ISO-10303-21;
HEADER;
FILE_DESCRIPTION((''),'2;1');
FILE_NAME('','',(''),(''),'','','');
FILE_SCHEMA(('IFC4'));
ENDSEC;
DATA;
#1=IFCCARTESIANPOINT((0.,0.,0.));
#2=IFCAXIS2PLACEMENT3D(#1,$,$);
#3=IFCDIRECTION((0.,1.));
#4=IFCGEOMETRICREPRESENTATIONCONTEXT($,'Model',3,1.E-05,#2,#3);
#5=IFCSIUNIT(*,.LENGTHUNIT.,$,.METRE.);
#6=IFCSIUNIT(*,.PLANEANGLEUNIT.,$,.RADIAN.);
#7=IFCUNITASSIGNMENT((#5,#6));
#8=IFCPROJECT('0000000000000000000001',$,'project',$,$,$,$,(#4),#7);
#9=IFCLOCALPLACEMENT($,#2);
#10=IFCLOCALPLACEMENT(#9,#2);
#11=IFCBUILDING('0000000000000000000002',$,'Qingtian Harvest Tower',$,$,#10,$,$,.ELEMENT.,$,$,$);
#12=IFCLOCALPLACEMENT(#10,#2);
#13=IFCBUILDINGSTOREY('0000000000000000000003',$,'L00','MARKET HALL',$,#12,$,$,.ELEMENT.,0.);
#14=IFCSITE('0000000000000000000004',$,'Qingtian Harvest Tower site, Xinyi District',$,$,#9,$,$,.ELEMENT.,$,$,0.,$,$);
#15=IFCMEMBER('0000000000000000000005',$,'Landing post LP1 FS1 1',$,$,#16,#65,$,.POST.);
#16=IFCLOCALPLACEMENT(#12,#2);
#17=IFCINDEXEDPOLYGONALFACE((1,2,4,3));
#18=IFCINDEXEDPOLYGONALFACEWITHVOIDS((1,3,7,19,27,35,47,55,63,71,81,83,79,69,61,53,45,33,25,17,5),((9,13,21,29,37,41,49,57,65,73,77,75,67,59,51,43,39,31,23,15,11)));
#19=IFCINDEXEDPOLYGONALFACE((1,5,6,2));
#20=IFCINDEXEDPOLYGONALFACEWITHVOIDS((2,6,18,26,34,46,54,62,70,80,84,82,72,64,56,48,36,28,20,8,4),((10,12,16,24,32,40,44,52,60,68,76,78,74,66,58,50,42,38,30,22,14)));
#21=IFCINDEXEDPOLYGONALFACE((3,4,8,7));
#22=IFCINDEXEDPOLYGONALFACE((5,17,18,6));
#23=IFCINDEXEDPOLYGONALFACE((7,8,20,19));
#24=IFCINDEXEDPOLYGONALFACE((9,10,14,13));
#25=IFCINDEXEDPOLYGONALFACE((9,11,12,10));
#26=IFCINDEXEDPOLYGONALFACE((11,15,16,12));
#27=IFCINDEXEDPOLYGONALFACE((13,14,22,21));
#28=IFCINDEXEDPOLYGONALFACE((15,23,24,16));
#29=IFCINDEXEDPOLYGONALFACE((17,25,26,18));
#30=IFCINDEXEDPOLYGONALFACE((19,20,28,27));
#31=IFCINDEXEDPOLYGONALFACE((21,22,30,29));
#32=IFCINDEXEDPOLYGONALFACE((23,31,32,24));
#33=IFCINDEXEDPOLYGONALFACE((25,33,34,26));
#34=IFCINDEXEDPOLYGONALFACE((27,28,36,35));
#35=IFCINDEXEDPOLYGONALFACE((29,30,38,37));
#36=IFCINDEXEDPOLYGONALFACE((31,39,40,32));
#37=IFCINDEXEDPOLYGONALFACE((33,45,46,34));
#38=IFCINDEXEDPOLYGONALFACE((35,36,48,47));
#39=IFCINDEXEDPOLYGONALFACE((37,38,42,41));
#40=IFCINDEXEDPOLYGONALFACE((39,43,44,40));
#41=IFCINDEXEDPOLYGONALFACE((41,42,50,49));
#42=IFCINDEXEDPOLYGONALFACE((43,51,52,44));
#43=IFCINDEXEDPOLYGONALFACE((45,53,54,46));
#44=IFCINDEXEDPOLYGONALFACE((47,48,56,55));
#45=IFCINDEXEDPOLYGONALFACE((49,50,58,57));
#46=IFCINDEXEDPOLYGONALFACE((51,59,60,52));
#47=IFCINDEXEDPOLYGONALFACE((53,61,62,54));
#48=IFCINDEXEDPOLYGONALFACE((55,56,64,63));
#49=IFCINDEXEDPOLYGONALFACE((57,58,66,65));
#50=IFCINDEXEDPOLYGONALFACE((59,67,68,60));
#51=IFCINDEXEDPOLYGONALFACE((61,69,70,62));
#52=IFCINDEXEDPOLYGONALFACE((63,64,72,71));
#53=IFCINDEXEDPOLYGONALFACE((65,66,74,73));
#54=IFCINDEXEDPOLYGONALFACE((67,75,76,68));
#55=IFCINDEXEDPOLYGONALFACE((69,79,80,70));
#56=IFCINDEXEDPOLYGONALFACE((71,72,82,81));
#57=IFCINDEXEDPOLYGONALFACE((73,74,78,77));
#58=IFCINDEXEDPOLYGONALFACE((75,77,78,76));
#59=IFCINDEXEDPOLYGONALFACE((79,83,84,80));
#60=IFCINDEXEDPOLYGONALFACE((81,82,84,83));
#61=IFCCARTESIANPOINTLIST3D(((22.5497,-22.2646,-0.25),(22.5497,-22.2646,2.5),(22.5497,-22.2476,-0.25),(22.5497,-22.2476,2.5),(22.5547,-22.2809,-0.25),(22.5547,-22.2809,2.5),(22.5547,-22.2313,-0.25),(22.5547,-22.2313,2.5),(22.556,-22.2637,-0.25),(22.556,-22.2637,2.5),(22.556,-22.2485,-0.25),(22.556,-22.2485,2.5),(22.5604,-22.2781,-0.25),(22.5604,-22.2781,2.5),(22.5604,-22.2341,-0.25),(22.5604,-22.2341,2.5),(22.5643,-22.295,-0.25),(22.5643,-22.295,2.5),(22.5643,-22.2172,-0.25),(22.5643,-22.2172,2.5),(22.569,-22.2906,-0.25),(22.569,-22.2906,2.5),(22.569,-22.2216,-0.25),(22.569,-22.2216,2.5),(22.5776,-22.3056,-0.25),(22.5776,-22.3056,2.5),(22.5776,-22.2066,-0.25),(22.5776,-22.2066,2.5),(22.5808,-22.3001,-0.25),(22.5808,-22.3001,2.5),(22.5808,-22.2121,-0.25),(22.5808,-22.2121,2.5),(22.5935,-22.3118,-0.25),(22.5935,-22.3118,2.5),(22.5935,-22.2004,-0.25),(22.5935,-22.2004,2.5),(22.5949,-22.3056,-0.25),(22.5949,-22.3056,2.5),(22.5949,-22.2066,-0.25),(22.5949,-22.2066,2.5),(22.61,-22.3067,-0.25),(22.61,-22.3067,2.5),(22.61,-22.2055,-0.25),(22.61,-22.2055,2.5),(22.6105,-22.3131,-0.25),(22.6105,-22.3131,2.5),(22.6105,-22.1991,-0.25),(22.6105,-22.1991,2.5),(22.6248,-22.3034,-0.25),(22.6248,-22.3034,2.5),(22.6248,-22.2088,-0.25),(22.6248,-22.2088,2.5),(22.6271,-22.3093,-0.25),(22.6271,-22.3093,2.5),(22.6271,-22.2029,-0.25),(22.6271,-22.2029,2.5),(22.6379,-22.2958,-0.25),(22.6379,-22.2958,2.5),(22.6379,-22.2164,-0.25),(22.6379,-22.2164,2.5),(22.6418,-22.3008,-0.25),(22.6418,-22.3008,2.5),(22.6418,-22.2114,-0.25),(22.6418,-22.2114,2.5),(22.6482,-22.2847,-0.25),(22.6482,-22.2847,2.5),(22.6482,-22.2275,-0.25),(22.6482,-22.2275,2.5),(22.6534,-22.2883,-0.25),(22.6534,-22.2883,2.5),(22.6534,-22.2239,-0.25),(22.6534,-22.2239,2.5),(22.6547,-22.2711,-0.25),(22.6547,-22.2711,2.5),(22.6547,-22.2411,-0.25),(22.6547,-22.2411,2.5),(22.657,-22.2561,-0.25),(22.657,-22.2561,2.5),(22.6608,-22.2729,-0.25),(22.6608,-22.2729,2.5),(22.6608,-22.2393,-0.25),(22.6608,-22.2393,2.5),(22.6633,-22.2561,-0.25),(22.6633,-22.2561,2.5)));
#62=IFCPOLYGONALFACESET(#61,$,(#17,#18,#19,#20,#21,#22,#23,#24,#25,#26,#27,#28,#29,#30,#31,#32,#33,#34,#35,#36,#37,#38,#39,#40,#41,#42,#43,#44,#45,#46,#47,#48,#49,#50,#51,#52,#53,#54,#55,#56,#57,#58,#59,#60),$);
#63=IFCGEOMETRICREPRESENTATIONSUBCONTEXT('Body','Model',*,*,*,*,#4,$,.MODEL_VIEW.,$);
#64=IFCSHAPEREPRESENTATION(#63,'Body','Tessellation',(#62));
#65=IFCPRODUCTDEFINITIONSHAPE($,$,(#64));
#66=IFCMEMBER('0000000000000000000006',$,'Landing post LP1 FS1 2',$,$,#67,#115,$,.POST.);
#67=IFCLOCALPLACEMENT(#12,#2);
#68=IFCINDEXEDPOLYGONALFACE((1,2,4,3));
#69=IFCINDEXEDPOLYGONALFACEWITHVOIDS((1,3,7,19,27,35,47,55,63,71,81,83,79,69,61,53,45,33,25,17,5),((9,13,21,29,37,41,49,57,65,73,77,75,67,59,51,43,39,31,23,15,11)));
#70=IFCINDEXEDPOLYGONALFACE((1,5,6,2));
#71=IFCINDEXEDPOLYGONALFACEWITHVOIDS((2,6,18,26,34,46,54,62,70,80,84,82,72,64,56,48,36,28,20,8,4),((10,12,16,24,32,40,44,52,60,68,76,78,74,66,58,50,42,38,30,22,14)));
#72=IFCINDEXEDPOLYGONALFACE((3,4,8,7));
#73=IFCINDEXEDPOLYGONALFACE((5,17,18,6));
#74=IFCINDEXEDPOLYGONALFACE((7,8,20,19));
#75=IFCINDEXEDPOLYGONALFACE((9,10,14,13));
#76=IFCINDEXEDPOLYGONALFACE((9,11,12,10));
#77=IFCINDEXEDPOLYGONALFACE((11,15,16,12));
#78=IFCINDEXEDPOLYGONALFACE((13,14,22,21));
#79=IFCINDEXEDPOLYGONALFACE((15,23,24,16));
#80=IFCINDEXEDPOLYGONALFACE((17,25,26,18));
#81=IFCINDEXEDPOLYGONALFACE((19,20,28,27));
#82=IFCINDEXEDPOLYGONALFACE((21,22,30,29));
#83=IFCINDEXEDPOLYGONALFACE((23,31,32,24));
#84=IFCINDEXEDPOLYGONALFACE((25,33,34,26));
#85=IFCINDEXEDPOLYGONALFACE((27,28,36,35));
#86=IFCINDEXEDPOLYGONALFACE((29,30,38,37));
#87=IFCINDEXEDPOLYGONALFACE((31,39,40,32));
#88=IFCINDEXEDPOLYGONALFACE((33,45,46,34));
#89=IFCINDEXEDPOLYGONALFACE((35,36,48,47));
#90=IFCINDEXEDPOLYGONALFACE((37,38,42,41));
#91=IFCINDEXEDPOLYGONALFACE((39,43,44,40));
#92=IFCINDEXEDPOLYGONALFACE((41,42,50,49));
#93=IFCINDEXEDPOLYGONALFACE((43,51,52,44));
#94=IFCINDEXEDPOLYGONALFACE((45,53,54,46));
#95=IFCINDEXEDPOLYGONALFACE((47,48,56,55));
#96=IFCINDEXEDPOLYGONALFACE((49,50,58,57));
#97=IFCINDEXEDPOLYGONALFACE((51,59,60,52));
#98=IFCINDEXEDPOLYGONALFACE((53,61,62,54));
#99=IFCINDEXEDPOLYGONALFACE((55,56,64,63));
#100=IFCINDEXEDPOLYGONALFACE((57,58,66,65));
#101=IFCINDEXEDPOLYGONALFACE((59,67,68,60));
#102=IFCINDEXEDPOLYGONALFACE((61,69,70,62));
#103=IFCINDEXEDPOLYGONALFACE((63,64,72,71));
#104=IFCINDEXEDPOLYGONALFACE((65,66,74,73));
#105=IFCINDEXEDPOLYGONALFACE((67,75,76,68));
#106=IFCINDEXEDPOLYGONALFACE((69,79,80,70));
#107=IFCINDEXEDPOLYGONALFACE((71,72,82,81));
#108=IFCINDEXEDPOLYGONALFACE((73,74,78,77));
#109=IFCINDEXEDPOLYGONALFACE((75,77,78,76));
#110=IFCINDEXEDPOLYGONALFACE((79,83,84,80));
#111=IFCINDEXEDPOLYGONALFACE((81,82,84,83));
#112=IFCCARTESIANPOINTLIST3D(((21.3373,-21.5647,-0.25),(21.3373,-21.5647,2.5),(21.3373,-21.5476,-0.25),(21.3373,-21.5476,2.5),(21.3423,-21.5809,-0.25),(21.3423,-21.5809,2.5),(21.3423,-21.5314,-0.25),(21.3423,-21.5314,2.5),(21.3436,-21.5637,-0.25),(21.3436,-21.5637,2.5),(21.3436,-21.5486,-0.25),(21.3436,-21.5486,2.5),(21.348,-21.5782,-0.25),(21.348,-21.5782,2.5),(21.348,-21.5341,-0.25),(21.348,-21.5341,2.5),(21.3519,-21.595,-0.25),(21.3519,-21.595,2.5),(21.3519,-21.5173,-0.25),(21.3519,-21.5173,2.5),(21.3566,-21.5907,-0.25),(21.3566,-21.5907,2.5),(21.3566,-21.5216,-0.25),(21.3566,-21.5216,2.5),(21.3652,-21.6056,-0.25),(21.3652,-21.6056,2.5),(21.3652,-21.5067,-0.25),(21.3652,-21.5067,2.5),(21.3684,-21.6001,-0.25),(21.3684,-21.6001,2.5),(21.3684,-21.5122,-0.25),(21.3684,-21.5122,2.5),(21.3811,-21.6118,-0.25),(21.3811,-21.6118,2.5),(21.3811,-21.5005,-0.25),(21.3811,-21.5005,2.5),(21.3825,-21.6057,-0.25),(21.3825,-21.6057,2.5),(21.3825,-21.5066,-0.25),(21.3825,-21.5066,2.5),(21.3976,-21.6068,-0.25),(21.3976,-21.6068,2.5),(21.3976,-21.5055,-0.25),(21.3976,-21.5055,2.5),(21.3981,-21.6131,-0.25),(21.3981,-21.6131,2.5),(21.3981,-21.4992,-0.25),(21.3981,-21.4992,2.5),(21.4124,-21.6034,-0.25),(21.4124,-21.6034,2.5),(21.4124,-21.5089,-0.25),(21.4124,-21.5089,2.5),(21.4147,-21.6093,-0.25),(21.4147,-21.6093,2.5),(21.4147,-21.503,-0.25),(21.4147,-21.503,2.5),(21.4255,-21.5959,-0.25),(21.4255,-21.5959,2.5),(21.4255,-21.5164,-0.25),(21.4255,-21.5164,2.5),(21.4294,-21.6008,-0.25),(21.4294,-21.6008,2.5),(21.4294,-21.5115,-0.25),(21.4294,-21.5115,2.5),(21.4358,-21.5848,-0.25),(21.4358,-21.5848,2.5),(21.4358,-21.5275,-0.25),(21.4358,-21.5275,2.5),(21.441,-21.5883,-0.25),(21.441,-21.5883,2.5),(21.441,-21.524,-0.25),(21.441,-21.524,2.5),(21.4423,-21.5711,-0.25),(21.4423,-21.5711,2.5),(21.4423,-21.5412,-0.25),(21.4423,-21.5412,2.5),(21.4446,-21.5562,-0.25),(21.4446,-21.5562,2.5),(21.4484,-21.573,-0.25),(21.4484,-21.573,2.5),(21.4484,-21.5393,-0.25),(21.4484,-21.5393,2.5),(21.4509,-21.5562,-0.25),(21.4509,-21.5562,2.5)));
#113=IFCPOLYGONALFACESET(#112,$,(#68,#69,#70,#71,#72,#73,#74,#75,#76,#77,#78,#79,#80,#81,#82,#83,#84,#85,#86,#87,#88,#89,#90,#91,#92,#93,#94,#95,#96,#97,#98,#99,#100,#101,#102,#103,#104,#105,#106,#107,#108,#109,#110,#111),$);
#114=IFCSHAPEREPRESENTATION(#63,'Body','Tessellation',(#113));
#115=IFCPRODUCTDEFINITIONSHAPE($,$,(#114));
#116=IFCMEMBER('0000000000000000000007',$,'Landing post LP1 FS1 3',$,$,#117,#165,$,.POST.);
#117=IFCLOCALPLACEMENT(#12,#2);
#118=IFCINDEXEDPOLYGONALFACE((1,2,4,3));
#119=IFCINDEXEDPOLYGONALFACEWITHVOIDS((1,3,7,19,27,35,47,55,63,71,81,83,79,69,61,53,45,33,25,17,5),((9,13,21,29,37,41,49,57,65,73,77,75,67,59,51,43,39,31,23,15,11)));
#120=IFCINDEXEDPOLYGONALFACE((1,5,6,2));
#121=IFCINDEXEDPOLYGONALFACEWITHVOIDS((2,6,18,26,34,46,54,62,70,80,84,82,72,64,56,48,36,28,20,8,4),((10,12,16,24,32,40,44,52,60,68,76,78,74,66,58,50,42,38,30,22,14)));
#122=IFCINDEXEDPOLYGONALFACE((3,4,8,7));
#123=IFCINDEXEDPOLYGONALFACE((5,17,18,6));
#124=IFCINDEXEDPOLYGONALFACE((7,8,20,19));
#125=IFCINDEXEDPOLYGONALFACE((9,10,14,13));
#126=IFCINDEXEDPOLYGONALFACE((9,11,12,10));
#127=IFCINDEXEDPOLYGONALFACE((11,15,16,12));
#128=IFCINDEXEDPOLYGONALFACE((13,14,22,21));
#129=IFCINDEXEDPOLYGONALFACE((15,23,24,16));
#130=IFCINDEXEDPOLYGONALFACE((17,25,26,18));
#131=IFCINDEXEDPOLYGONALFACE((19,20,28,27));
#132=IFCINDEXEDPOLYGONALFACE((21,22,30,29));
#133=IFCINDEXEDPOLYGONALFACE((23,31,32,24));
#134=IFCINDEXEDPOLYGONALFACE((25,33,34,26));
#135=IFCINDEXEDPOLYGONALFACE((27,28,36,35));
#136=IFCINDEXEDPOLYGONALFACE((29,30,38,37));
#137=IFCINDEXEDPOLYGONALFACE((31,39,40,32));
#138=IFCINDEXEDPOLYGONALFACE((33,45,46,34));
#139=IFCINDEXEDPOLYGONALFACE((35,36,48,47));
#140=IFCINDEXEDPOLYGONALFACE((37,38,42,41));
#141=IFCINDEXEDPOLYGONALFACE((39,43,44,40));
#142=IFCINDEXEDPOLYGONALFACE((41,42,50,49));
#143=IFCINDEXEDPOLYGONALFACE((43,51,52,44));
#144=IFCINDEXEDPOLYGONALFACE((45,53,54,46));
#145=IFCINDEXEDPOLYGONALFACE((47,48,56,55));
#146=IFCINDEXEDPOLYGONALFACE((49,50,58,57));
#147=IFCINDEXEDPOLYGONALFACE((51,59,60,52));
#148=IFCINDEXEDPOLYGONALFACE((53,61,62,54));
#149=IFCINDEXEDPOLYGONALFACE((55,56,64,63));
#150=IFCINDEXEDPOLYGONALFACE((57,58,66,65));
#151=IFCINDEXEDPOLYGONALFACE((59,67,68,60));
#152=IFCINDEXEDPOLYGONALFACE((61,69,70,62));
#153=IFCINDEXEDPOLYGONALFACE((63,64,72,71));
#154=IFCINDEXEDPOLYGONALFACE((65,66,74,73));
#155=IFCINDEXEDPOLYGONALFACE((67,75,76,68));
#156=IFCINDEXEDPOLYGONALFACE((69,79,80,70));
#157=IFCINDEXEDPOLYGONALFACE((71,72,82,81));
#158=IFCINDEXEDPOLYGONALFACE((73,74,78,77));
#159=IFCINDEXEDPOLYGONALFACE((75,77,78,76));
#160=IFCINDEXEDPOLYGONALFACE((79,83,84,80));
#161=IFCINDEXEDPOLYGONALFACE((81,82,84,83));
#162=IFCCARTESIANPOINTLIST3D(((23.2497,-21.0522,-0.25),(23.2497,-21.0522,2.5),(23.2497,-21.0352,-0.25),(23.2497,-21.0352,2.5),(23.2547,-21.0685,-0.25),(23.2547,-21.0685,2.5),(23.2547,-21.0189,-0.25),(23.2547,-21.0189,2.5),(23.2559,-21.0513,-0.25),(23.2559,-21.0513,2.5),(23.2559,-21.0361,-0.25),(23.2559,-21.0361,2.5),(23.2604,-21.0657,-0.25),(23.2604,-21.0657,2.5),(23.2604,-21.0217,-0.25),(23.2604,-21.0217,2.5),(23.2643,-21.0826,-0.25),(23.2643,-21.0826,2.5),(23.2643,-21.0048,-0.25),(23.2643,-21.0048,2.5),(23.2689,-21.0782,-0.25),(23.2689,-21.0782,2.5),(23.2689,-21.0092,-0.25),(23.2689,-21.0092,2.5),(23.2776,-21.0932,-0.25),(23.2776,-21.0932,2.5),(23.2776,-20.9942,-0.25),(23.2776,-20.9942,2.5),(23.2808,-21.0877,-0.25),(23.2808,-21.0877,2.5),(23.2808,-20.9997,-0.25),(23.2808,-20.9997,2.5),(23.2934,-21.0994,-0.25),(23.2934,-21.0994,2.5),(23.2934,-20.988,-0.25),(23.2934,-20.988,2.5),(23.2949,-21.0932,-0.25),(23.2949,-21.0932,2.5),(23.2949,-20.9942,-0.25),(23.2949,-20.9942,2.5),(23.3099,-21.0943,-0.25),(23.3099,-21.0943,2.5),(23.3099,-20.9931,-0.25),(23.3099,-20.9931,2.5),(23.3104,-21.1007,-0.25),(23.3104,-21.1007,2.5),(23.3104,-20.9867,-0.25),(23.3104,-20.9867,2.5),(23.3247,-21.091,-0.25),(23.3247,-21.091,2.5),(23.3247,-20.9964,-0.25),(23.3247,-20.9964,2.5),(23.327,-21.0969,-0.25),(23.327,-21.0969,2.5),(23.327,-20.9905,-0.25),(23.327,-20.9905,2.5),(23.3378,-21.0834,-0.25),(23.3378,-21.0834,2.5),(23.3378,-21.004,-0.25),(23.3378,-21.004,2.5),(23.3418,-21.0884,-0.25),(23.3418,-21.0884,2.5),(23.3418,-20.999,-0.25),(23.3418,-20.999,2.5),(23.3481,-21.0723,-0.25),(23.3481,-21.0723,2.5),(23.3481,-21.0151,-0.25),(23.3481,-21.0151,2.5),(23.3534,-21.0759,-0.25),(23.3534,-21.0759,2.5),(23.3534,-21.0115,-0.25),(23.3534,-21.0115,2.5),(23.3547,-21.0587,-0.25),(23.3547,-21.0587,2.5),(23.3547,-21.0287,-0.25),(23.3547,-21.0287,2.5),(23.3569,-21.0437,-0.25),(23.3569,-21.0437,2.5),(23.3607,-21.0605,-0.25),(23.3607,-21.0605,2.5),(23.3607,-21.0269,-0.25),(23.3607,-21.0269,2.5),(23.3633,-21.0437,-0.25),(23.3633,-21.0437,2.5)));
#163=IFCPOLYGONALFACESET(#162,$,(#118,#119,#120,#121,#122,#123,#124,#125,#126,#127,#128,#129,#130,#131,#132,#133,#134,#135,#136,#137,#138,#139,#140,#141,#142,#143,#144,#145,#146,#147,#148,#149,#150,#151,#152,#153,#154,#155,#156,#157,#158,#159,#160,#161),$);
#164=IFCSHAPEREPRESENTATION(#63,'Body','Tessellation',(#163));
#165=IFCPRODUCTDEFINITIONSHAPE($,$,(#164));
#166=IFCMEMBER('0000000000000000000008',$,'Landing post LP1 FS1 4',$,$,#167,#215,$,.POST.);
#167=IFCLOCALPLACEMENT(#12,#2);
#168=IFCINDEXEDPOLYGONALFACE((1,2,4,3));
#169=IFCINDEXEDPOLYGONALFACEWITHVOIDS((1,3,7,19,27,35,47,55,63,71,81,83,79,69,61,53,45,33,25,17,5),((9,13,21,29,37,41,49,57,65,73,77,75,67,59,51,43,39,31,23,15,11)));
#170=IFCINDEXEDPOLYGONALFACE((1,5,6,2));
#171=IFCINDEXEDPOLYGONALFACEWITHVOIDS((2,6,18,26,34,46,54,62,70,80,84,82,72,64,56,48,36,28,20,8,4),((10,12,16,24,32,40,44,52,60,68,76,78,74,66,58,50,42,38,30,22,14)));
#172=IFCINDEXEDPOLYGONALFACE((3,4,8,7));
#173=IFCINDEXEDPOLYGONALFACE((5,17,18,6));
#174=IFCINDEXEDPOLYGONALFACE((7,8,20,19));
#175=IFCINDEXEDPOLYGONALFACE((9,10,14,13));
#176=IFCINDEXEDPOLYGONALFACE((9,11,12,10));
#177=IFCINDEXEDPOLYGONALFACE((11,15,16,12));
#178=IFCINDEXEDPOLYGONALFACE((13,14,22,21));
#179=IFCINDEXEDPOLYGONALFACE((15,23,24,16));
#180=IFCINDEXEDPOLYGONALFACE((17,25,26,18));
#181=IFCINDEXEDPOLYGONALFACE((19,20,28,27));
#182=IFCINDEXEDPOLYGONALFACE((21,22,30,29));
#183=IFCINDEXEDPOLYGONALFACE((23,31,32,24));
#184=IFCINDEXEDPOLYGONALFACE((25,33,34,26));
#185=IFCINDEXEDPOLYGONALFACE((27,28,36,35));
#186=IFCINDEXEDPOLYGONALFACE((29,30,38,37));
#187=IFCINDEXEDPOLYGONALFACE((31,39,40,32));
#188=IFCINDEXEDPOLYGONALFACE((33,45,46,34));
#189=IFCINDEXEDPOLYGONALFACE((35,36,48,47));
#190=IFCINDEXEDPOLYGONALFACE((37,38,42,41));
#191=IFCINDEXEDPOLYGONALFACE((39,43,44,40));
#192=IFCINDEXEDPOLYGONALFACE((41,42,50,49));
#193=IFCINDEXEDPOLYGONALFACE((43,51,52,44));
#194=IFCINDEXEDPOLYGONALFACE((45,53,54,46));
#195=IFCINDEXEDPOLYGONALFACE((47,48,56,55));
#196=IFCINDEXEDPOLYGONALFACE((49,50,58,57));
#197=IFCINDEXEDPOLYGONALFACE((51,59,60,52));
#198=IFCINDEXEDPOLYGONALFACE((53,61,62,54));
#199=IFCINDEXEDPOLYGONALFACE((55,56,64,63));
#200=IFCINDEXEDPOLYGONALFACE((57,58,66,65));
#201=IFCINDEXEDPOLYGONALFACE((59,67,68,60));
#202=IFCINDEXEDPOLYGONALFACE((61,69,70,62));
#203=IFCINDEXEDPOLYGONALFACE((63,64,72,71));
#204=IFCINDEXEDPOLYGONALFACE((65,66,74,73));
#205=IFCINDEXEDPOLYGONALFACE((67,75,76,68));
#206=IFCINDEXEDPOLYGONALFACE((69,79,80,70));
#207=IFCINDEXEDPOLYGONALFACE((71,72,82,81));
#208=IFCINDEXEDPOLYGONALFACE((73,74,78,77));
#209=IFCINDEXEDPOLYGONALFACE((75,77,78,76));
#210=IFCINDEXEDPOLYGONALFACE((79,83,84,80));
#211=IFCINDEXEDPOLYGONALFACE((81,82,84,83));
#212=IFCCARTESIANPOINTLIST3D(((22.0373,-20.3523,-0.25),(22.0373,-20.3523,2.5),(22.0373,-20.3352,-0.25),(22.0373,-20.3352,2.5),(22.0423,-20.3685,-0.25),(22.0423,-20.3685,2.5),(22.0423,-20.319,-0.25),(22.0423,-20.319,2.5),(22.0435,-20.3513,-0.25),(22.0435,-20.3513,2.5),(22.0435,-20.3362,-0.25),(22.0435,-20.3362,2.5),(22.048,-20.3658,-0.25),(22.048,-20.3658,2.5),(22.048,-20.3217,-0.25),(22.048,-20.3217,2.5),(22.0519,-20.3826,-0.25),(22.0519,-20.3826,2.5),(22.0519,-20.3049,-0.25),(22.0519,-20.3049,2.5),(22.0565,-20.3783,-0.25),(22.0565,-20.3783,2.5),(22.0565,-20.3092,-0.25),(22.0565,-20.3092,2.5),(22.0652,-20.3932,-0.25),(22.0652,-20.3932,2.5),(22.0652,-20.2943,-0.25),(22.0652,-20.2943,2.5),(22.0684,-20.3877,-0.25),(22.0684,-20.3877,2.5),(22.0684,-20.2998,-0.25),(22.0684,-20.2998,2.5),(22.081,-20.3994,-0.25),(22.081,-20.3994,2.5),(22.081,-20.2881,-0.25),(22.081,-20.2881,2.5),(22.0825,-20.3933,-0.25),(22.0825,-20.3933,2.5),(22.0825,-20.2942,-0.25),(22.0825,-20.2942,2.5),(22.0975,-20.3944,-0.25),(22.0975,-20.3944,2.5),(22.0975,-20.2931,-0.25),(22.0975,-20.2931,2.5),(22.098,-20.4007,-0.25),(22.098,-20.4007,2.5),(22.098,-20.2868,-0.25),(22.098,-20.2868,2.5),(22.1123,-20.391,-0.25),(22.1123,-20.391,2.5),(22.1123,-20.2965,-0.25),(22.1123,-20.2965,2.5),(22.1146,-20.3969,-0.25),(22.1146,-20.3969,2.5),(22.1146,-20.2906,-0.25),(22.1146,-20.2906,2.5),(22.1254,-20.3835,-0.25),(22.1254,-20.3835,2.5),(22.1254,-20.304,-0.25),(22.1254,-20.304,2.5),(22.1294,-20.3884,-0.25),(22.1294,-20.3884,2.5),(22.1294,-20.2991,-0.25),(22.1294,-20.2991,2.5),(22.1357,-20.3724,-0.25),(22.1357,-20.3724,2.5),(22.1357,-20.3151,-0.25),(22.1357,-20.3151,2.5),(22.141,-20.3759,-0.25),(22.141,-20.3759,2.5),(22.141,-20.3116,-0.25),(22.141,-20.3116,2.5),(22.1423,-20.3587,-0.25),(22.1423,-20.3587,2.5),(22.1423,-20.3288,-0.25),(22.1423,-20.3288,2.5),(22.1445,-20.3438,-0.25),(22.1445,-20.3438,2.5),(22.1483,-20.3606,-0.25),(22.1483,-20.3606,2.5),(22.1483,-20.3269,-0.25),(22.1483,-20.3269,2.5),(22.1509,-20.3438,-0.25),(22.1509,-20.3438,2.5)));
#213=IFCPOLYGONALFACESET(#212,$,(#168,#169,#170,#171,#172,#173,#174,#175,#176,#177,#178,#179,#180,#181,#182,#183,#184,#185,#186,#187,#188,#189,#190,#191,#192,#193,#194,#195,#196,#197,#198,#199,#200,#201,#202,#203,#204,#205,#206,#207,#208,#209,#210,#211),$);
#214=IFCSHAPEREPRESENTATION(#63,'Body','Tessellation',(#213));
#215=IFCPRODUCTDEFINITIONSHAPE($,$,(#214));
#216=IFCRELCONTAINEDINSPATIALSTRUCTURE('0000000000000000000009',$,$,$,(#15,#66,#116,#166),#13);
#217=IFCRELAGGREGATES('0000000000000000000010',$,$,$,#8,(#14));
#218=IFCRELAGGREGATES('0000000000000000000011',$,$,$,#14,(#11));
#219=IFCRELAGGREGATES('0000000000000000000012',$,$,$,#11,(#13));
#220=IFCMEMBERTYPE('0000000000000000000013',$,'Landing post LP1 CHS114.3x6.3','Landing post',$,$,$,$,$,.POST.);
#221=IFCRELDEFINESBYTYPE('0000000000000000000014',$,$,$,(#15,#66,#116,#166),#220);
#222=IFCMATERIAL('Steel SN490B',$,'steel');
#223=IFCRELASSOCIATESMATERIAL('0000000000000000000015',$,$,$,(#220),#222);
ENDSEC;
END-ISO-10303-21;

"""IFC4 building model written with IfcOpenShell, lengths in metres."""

from ifc_helpers import new_model, si_unit, direction, frame, origin, origin_2d, place, context, subcontext, project, spatial, hollow_circle, extrude, material, material_profile, profile_set, type_object, element, save


model = new_model("IFC4")

# Units and contexts
model_context = context("Model", 3, precision=1e-05, world=origin(), true_north=direction((0.0, 1.0)))
body_context = subcontext(model_context, "Body", "Model", "MODEL_VIEW")
ifc_project = project(units=[si_unit("LENGTHUNIT", "METRE"), si_unit("PLANEANGLEUNIT", "RADIAN")], contexts=[model_context])

# Site, building, storey
site_placement = place(None, origin())
site = spatial("IfcSite", under=ifc_project, at=site_placement, Name="Qingtian Harvest Tower site, Xinyi District", CompositionType="ELEMENT", RefElevation=0.0)
building_placement = place(site_placement, origin())
building = spatial("IfcBuilding", under=site, at=building_placement, Name="Qingtian Harvest Tower", CompositionType="ELEMENT")
storey_placement = place(building_placement, origin())
storey = spatial("IfcBuildingStorey", under=building, at=storey_placement, Name="L00", Description="MARKET HALL", CompositionType="ELEMENT", Elevation=0.0)

# Members
ifc_material_1 = material(Name="Steel SN490B", Category="steel")
ifc_material_profile_1 = material_profile(ifc_material_1, hollow_circle(Radius=0.0571, WallThickness=0.0063, at=origin_2d()), Name="CHS114.3x6.3")
ifc_profile_set_1 = profile_set([ifc_material_profile_1], Name="Steel SN490B")
member_type_1 = type_object("IfcMemberType", Name="Landing post LP1 CHS114.3x6.3", Description="Landing post", PredefinedType="POST", material=ifc_profile_set_1)
for number, where, z_axis, x_axis, name in (
    (1, (22.6062, -22.2561, -0.25), (0.0, 0.0, 1.0), (1.0, 0.0, 0.0), "Landing post LP1 FS1 1"),
    (2, (21.3938, -21.5562, -0.25), (0.0, 0.0, 1.0), (1.0, 0.0, 0.0), "Landing post LP1 FS1 2"),
    (3, (23.3062, -21.0437, -0.25), (0.0, 0.0, 1.0), (1.0, 0.0, 0.0), "Landing post LP1 FS1 3"),
    (4, (22.0938, -20.3438, -0.25), (0.0, 0.0, 1.0), (1.0, 0.0, 0.0), "Landing post LP1 FS1 4"),
):
    element("IfcMember", number, at=place(storey_placement, frame(where, z_axis=z_axis, x_axis=x_axis)), inside=storey, type_object=member_type_1, Name=name, PredefinedType="POST", context=body_context, shape_type="SweptSolid", body=[
        extrude(hollow_circle(Radius=0.0571, WallThickness=0.0063, at=origin_2d()), origin(), (0.0, 0.0, 1.0), 2.75),
    ])

save(model, "model.ifc")
